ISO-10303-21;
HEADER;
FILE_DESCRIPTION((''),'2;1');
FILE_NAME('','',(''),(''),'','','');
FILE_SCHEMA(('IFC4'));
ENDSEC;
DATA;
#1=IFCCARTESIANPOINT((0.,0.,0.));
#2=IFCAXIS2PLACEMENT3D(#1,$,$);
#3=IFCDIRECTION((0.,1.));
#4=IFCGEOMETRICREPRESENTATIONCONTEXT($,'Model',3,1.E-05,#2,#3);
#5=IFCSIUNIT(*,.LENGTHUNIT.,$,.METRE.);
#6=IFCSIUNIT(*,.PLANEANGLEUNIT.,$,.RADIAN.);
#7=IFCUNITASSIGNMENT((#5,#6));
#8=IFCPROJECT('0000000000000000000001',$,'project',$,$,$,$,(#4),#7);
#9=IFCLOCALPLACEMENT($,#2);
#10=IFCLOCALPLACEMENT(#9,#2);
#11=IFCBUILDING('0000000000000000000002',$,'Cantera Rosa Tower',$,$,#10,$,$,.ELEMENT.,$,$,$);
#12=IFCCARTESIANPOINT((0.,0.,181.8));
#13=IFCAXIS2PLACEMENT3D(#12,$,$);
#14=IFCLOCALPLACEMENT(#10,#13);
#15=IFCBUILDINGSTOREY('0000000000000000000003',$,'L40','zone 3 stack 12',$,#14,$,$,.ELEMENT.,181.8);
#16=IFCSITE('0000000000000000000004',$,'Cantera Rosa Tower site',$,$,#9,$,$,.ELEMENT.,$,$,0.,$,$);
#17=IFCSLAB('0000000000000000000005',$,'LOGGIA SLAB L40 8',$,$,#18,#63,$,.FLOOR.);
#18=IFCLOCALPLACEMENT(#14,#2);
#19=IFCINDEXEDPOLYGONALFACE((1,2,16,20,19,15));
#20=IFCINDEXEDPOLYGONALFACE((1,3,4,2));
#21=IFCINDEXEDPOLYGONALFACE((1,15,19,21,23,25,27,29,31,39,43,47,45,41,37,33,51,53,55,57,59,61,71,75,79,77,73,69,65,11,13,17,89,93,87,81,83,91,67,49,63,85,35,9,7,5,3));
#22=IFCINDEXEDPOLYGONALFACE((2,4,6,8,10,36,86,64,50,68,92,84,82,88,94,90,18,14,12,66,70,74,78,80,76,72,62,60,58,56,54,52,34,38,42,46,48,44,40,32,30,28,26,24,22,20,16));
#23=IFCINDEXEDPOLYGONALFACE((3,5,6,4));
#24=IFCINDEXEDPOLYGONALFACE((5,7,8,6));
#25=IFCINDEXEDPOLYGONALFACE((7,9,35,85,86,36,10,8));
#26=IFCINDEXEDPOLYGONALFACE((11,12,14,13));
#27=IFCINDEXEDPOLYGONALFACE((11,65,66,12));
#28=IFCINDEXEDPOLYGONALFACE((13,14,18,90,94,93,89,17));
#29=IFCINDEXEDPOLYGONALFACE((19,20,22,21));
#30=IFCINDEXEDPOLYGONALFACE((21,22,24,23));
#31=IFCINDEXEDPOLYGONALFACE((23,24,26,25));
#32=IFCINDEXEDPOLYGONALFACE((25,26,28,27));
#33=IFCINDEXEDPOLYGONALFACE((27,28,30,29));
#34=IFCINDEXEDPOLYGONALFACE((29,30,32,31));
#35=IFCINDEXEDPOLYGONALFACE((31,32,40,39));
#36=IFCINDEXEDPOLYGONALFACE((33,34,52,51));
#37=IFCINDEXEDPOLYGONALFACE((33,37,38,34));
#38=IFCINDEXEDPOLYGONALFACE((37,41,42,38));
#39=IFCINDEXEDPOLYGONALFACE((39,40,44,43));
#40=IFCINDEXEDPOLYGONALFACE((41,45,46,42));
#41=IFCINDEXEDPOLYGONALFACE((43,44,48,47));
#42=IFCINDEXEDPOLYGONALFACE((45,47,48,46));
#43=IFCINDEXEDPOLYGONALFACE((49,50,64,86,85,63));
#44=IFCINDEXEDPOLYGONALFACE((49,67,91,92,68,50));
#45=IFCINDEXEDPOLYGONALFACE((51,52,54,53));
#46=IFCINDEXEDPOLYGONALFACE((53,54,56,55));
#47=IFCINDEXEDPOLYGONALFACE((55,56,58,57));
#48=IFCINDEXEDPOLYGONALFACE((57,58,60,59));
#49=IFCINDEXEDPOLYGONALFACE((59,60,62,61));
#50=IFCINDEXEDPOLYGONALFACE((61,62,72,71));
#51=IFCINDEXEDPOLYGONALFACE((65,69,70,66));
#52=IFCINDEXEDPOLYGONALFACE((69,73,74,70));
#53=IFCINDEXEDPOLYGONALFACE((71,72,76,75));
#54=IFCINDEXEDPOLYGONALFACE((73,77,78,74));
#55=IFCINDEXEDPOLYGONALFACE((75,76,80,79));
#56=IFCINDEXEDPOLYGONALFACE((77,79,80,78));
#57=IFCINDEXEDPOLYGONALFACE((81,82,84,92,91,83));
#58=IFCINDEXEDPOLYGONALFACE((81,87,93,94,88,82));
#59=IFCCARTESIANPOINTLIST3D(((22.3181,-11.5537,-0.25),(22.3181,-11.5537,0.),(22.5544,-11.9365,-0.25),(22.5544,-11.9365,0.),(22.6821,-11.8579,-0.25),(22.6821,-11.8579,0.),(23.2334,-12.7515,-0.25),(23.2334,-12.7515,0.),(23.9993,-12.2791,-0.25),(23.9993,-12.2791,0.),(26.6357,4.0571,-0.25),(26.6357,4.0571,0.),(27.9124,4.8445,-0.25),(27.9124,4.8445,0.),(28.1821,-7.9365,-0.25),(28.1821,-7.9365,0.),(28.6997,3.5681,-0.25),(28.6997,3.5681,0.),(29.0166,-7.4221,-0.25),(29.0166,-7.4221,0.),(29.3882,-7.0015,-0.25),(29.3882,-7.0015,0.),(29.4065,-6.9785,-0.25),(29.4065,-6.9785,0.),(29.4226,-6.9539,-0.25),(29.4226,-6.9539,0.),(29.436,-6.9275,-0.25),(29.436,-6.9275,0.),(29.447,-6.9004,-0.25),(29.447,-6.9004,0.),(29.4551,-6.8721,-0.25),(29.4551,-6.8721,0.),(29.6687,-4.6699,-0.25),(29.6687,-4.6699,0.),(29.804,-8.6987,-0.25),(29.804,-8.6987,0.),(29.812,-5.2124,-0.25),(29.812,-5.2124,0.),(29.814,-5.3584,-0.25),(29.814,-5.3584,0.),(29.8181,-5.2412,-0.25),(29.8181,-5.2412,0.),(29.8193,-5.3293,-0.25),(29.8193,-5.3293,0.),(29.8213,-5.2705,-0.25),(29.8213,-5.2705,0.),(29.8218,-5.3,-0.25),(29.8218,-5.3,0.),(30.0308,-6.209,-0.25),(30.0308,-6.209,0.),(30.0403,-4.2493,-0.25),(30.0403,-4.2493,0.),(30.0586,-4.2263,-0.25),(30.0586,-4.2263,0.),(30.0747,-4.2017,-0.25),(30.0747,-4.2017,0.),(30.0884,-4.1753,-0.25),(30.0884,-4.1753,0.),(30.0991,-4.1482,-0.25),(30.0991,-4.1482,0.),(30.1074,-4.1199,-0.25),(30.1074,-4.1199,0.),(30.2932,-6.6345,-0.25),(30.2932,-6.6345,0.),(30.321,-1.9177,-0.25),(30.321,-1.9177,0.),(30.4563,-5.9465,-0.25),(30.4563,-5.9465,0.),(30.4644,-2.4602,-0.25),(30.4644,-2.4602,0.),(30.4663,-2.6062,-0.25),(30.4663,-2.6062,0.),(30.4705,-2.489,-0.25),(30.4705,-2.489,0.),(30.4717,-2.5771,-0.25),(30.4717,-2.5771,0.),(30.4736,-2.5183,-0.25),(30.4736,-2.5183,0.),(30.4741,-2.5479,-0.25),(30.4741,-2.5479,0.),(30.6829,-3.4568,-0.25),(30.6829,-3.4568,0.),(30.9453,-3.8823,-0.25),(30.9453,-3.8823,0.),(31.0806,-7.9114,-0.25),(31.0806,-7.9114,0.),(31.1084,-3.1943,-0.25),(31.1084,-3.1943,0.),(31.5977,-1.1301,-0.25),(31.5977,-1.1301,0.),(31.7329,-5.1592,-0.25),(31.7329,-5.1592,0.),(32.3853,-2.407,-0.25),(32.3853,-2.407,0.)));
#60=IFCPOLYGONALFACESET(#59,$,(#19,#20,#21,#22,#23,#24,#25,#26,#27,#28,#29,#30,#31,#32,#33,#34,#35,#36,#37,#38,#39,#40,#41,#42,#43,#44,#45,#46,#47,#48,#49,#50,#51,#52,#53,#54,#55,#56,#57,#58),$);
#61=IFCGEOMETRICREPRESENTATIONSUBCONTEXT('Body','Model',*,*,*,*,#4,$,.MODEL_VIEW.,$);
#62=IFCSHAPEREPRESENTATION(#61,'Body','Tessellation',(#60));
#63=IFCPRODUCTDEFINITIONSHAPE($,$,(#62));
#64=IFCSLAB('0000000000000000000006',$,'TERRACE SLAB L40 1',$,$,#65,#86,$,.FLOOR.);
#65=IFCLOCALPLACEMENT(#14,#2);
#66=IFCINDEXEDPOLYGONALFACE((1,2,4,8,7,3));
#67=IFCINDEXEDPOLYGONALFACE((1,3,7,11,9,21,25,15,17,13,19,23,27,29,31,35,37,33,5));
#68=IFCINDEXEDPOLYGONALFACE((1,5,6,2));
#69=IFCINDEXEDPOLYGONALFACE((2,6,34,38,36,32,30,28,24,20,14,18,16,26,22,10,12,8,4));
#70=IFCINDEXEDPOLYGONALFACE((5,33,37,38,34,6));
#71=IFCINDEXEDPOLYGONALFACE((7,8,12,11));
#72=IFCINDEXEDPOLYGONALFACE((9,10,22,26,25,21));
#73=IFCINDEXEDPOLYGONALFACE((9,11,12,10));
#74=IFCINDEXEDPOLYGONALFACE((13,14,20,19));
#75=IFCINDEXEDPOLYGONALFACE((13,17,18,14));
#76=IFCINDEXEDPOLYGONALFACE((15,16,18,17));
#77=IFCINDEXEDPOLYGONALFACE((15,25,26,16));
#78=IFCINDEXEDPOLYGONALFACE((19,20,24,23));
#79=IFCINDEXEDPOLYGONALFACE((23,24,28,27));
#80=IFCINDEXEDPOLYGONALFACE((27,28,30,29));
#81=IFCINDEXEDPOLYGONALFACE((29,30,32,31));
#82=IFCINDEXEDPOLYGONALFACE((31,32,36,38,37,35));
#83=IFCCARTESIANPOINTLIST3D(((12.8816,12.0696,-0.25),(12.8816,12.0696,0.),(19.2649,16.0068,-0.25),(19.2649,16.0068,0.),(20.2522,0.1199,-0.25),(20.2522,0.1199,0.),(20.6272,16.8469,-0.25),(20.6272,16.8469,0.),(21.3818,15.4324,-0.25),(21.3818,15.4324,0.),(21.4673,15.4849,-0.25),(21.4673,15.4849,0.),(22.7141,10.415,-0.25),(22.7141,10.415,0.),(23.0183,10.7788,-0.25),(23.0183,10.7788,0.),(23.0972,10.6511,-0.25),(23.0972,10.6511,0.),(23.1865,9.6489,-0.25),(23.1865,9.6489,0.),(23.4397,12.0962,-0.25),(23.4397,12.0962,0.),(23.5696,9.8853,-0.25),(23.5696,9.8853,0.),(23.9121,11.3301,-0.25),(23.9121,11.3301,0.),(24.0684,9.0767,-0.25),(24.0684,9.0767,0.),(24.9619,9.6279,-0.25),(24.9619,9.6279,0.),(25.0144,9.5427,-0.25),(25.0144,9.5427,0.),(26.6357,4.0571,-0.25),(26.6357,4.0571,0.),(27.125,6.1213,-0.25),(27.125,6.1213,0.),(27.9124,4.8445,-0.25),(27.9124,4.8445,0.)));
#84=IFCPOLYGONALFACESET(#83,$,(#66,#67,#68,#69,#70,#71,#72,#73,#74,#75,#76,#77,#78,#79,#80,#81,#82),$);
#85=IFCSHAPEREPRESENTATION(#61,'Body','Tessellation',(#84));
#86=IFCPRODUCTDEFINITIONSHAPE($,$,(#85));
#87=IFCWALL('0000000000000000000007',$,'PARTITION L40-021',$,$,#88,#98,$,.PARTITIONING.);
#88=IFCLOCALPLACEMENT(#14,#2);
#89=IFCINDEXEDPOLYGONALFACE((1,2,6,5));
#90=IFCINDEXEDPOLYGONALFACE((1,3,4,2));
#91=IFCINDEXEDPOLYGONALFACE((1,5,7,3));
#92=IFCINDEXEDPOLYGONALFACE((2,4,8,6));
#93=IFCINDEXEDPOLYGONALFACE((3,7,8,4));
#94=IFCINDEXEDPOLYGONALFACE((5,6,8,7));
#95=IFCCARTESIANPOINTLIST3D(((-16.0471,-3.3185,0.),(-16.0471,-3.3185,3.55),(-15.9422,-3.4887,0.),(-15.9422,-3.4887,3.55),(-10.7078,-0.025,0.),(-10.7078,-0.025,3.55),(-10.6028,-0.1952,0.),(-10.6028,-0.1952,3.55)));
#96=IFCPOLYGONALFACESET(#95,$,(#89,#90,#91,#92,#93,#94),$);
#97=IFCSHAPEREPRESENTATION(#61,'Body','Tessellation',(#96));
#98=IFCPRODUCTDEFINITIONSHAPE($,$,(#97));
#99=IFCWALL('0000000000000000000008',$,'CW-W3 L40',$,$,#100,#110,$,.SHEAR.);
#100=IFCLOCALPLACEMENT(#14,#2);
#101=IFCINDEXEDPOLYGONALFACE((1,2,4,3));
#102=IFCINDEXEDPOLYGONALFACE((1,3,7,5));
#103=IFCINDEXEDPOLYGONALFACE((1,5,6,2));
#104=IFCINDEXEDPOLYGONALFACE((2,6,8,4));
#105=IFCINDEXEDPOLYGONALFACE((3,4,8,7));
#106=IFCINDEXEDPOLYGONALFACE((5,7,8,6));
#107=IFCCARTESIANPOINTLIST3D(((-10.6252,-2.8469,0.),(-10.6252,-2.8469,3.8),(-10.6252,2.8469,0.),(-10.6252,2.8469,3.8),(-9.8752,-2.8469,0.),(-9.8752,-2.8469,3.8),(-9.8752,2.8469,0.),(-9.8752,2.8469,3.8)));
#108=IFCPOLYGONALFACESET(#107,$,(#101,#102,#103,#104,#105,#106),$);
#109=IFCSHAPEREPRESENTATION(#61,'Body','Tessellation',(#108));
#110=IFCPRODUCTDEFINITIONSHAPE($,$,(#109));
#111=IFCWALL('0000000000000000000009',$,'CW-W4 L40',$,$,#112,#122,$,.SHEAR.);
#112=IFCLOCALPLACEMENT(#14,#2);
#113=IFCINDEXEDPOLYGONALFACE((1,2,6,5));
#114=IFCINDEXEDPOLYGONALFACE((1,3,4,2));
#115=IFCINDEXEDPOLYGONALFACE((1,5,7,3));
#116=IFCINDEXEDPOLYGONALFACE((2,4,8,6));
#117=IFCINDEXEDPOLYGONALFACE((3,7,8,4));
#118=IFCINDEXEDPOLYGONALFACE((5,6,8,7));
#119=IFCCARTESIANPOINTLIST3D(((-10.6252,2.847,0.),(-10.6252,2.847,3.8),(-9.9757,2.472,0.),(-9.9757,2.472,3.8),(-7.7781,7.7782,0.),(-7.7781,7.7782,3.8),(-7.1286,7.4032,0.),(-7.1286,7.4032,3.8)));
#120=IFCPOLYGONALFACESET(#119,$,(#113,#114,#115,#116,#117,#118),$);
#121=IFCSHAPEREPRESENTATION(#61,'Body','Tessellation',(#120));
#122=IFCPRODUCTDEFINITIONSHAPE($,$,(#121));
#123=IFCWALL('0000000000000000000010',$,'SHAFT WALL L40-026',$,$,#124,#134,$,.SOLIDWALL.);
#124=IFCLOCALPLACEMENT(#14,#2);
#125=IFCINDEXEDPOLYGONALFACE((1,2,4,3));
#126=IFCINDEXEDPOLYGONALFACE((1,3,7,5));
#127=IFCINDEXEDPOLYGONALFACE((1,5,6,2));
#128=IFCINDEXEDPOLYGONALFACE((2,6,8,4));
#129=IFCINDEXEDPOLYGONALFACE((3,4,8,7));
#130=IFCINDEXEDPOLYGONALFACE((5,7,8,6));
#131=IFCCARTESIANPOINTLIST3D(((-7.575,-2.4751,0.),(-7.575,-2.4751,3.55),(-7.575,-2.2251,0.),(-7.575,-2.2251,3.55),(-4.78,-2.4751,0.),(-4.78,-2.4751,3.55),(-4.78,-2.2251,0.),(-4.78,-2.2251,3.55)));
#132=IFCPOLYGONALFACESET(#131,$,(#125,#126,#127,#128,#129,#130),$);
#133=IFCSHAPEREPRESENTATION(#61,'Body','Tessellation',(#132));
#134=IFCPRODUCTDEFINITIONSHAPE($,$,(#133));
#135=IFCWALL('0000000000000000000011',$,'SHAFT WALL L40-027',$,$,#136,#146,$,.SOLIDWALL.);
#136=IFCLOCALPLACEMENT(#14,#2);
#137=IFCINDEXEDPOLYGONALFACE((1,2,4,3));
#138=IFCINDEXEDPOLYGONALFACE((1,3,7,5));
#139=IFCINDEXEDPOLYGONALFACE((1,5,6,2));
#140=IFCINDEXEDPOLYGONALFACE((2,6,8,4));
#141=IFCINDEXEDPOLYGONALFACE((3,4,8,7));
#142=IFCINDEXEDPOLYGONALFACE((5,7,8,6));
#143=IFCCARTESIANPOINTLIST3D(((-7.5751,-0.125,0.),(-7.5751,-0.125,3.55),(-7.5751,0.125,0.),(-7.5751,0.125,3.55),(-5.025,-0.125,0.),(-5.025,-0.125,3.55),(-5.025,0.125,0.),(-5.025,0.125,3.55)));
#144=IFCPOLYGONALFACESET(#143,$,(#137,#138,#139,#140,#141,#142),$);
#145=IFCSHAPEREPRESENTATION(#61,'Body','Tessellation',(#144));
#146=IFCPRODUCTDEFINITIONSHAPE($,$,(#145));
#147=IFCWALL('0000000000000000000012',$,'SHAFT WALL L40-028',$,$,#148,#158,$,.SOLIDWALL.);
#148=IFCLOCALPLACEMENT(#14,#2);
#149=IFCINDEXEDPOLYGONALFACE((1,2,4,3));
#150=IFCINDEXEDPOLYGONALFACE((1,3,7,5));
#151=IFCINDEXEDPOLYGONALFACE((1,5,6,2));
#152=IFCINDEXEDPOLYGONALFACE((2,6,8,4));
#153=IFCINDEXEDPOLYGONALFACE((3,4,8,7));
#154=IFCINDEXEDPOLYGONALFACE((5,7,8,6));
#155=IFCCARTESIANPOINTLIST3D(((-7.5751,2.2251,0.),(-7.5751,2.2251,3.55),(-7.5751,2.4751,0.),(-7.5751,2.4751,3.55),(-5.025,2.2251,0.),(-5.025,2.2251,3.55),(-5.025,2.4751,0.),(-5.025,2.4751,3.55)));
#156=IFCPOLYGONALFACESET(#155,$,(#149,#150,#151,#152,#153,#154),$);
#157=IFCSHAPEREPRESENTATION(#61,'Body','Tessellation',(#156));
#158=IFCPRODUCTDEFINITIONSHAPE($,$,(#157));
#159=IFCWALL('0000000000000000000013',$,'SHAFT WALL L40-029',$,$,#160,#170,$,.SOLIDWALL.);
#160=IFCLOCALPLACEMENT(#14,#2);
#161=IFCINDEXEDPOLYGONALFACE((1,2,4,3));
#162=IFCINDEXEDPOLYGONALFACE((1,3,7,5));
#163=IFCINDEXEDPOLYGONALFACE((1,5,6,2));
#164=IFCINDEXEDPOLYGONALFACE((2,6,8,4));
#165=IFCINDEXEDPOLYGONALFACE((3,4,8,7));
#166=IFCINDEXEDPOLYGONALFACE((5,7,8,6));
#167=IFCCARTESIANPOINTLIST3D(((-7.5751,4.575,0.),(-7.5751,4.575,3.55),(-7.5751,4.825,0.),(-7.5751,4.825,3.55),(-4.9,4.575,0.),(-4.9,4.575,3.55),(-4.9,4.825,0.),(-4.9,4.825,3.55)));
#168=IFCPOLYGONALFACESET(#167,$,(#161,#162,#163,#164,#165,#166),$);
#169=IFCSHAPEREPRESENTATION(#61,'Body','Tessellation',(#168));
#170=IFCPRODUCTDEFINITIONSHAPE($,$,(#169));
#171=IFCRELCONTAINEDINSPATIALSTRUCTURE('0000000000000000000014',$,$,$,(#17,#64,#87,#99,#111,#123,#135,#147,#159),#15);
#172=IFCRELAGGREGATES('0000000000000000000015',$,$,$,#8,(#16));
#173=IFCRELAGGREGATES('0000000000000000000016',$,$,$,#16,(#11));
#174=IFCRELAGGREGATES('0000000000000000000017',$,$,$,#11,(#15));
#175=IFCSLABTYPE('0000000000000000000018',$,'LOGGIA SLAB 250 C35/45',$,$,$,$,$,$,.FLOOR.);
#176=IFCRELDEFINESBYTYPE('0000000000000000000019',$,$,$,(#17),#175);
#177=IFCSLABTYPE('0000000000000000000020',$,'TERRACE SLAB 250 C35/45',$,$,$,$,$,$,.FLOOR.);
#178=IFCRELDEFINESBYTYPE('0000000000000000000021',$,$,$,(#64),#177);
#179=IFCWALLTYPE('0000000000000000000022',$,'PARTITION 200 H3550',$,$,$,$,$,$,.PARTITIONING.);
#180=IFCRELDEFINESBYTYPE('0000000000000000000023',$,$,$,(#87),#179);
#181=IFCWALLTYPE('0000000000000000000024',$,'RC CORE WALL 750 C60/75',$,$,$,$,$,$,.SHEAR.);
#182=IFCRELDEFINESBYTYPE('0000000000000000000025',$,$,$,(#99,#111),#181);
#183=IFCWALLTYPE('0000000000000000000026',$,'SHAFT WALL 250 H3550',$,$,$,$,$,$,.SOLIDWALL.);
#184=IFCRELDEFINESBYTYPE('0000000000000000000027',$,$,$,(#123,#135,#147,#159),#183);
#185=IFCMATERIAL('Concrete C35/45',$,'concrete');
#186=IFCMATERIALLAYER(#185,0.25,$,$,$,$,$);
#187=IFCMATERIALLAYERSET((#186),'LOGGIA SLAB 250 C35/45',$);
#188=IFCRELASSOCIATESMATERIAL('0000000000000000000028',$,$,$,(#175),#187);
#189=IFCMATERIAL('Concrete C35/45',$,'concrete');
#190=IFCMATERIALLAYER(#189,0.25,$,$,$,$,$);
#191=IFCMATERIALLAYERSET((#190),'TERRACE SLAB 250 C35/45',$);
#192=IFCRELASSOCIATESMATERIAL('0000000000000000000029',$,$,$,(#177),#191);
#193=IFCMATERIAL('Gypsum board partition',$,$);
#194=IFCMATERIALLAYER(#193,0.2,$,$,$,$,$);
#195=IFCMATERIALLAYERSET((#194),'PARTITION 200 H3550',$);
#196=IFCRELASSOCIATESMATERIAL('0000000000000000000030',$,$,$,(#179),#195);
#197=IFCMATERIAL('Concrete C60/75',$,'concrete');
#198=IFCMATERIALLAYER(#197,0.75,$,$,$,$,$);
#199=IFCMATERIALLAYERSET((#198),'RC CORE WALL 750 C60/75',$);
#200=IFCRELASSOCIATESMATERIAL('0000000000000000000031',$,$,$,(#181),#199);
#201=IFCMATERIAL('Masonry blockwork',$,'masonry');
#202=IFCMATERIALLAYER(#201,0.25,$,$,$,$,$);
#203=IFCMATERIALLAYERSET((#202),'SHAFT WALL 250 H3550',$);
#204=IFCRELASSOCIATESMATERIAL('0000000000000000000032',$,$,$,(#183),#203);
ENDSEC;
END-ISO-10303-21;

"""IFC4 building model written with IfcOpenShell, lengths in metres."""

from ifc_helpers import new_model, si_unit, direction, frame, frame_2d, origin, place, context, subcontext, project, spatial, polyline, rectangle, outline, extrude, material, layer, layer_set, type_object, element, save


model = new_model("IFC4")

# Units and contexts
model_context = context("Model", 3, precision=1e-05, world=origin(), true_north=direction((0.0, 1.0)))
body_context = subcontext(model_context, "Body", "Model", "MODEL_VIEW")
ifc_project = project(units=[si_unit("LENGTHUNIT", "METRE"), si_unit("PLANEANGLEUNIT", "RADIAN")], contexts=[model_context])

# Site, building, storey
site_placement = place(None, origin())
site = spatial("IfcSite", under=ifc_project, at=site_placement, Name="Cantera Rosa Tower site", CompositionType="ELEMENT", RefElevation=0.0)
building_placement = place(site_placement, origin())
building = spatial("IfcBuilding", under=site, at=building_placement, Name="Cantera Rosa Tower", CompositionType="ELEMENT")
storey_placement = place(building_placement, frame((0.0, 0.0, 181.8)))
storey = spatial("IfcBuildingStorey", under=building, at=storey_placement, Name="L40", Description="zone 3 stack 12", CompositionType="ELEMENT", Elevation=181.8)

# Slabs
ifc_material_1 = material(Name="Concrete C35/45", Category="concrete")
ifc_layer_1 = layer(ifc_material_1, 0.25)
ifc_layer_set_1 = layer_set([ifc_layer_1], Name="LOGGIA SLAB 250 C35/45")
slab_type_1 = type_object("IfcSlabType", Name="LOGGIA SLAB 250 C35/45", PredefinedType="FLOOR", material=ifc_layer_set_1)
slab_1_placement = place(storey_placement, frame((0.0, 0.0, -0.25)))
element("IfcSlab", 1, at=slab_1_placement, inside=storey, type_object=slab_type_1, Name="LOGGIA SLAB L40 8", PredefinedType="FLOOR", context=body_context, shape_type="SweptSolid", body=[
    extrude(outline(polyline([(30.6829, -3.4568), (30.9453, -3.8823), (31.7329, -5.1592), (30.4563, -5.9465), (30.0308, -6.209), (30.2932, -6.6345), (31.0806, -7.9114), (29.804, -8.6987), (23.9993, -12.2791), (23.2334, -12.7515), (22.6821, -11.8579), (22.5544, -11.9365), (22.3181, -11.5537), (28.1821, -7.9365), (29.0166, -7.4221), (29.3882, -7.0015), (29.4065, -6.9785), (29.4226, -6.9539), (29.436, -6.9275), (29.447, -6.9004), (29.4551, -6.8721), (29.814, -5.3584), (29.8193, -5.3293), (29.8218, -5.3), (29.8213, -5.2705), (29.8181, -5.2412), (29.812, -5.2124), (29.6687, -4.6699), (30.0403, -4.2493), (30.0586, -4.2263), (30.0747, -4.2017), (30.0884, -4.1753), (30.0991, -4.1482), (30.1074, -4.1199), (30.4663, -2.6062), (30.4717, -2.5771), (30.4741, -2.5479), (30.4736, -2.5183), (30.4705, -2.489), (30.4644, -2.4602), (30.321, -1.9177), (26.6357, 4.0571), (27.9124, 4.8445), (28.6997, 3.5681), (31.5977, -1.1301), (32.3853, -2.407), (31.1084, -3.1943), (30.6829, -3.4568)])), origin(), (0.0, 0.0, 1.0), 0.25),
])
ifc_material_2 = material(Name="Concrete C35/45", Category="concrete")
ifc_layer_2 = layer(ifc_material_2, 0.25)
ifc_layer_set_2 = layer_set([ifc_layer_2], Name="TERRACE SLAB 250 C35/45")
slab_type_2 = type_object("IfcSlabType", Name="TERRACE SLAB 250 C35/45", PredefinedType="FLOOR", material=ifc_layer_set_2)
slab_2_placement = place(storey_placement, frame((0.0, 0.0, -0.25)))
element("IfcSlab", 2, at=slab_2_placement, inside=storey, type_object=slab_type_2, Name="TERRACE SLAB L40 1", PredefinedType="FLOOR", context=body_context, shape_type="SweptSolid", body=[
    extrude(outline(polyline([(20.2522, 0.1199), (12.8816, 12.0696), (19.2649, 16.0068), (20.6272, 16.8469), (21.4673, 15.4849), (21.3818, 15.4324), (23.4397, 12.0962), (23.9121, 11.3301), (23.0183, 10.7788), (23.0972, 10.6511), (22.7141, 10.415), (23.1865, 9.6489), (23.5696, 9.8853), (24.0684, 9.0767), (24.9619, 9.6279), (25.0144, 9.5427), (27.125, 6.1213), (27.9124, 4.8445), (26.6357, 4.0571), (20.2522, 0.1199)])), origin(), (0.0, 0.0, 1.0), 0.25),
])

# Walls
ifc_material_3 = material(Name="Gypsum board partition")
ifc_layer_3 = layer(ifc_material_3, 0.2)
ifc_layer_set_3 = layer_set([ifc_layer_3], Name="PARTITION 200 H3550")
wall_type_1 = type_object("IfcWallType", Name="PARTITION 200 H3550", PredefinedType="PARTITIONING", material=ifc_layer_set_3)
wall_1_placement = place(storey_placement, frame((-10.6553, -0.1101, 0.0), z_axis=(0.0, 0.0, 1.0), x_axis=(-0.85111, -0.524987, 0.0)))
element("IfcWall", 3, at=wall_1_placement, inside=storey, type_object=wall_type_1, Name="PARTITION L40-021", PredefinedType="PARTITIONING", context=body_context, shape_type="SweptSolid", body=[
    extrude(rectangle(XDim=6.2734, YDim=0.2, at=frame_2d((3.1367, 0.0))), origin(), (0.0, 0.0, 1.0), 3.55),
])
ifc_material_4 = material(Name="Concrete C60/75", Category="concrete")
ifc_layer_4 = layer(ifc_material_4, 0.75)
ifc_layer_set_4 = layer_set([ifc_layer_4], Name="RC CORE WALL 750 C60/75")
wall_type_2 = type_object("IfcWallType", Name="RC CORE WALL 750 C60/75", PredefinedType="SHEAR", material=ifc_layer_set_4)
wall_2_placement = place(storey_placement, frame((-10.2502, -2.8469, 0.0), z_axis=(0.0, 0.0, 1.0), x_axis=(0.0, 1.0, 0.0)))
element("IfcWall", 4, at=wall_2_placement, inside=storey, type_object=wall_type_2, Name="CW-W3 L40", PredefinedType="SHEAR", context=body_context, shape_type="SweptSolid", body=[
    extrude(rectangle(XDim=5.6938, YDim=0.75, at=frame_2d((2.8469, 0.0))), origin(), (0.0, 0.0, 1.0), 3.8),
])
wall_3_placement = place(storey_placement, frame((-10.3005, 2.6594, 0.0), z_axis=(0.0, 0.0, 1.0), x_axis=(0.500022, 0.866013, 0.0)))
element("IfcWall", 5, at=wall_3_placement, inside=storey, type_object=wall_type_2, Name="CW-W4 L40", PredefinedType="SHEAR", context=body_context, shape_type="SweptSolid", body=[
    extrude(rectangle(XDim=5.6941, YDim=0.75, at=frame_2d((2.8472, 0.0))), origin(), (0.0, 0.0, 1.0), 3.8),
])
ifc_material_5 = material(Name="Masonry blockwork", Category="masonry")
ifc_layer_5 = layer(ifc_material_5, 0.25)
ifc_layer_set_5 = layer_set([ifc_layer_5], Name="SHAFT WALL 250 H3550")
wall_type_3 = type_object("IfcWallType", Name="SHAFT WALL 250 H3550", PredefinedType="SOLIDWALL", material=ifc_layer_set_5)
wall_4_placement = place(storey_placement, frame((-7.575, -2.3501, 0.0), z_axis=(0.0, 0.0, 1.0), x_axis=(1.0, 0.0, 0.0)))
element("IfcWall", 6, at=wall_4_placement, inside=storey, type_object=wall_type_3, Name="SHAFT WALL L40-026", PredefinedType="SOLIDWALL", context=body_context, shape_type="SweptSolid", body=[
    extrude(rectangle(XDim=2.7949, YDim=0.25, at=frame_2d((1.3975, 0.0))), origin(), (0.0, 0.0, 1.0), 3.55),
])
for number, where, z_axis, x_axis, name in (
    (7, (-7.575, 0.0, 0.0), (0.0, 0.0, 1.0), (1.0, 0.0, 0.0), "SHAFT WALL L40-027"),
    (8, (-7.575, 2.3501, 0.0), (0.0, 0.0, 1.0), (1.0, 0.0, 0.0), "SHAFT WALL L40-028"),
):
    element("IfcWall", number, at=place(storey_placement, frame(where, z_axis=z_axis, x_axis=x_axis)), inside=storey, type_object=wall_type_3, Name=name, PredefinedType="SOLIDWALL", context=body_context, shape_type="SweptSolid", body=[
        extrude(rectangle(XDim=2.55, YDim=0.25, at=frame_2d((1.2749, 0.0))), origin(), (0.0, 0.0, 1.0), 3.55),
    ])
wall_5_placement = place(storey_placement, frame((-7.575, 4.7, 0.0), z_axis=(0.0, 0.0, 1.0), x_axis=(1.0, 0.0, 0.0)))
element("IfcWall", 9, at=wall_5_placement, inside=storey, type_object=wall_type_3, Name="SHAFT WALL L40-029", PredefinedType="SOLIDWALL", context=body_context, shape_type="SweptSolid", body=[
    extrude(rectangle(XDim=2.675, YDim=0.25, at=frame_2d((1.3374, 0.0))), origin(), (0.0, 0.0, 1.0), 3.55),
])

save(model, "model.ifc")
